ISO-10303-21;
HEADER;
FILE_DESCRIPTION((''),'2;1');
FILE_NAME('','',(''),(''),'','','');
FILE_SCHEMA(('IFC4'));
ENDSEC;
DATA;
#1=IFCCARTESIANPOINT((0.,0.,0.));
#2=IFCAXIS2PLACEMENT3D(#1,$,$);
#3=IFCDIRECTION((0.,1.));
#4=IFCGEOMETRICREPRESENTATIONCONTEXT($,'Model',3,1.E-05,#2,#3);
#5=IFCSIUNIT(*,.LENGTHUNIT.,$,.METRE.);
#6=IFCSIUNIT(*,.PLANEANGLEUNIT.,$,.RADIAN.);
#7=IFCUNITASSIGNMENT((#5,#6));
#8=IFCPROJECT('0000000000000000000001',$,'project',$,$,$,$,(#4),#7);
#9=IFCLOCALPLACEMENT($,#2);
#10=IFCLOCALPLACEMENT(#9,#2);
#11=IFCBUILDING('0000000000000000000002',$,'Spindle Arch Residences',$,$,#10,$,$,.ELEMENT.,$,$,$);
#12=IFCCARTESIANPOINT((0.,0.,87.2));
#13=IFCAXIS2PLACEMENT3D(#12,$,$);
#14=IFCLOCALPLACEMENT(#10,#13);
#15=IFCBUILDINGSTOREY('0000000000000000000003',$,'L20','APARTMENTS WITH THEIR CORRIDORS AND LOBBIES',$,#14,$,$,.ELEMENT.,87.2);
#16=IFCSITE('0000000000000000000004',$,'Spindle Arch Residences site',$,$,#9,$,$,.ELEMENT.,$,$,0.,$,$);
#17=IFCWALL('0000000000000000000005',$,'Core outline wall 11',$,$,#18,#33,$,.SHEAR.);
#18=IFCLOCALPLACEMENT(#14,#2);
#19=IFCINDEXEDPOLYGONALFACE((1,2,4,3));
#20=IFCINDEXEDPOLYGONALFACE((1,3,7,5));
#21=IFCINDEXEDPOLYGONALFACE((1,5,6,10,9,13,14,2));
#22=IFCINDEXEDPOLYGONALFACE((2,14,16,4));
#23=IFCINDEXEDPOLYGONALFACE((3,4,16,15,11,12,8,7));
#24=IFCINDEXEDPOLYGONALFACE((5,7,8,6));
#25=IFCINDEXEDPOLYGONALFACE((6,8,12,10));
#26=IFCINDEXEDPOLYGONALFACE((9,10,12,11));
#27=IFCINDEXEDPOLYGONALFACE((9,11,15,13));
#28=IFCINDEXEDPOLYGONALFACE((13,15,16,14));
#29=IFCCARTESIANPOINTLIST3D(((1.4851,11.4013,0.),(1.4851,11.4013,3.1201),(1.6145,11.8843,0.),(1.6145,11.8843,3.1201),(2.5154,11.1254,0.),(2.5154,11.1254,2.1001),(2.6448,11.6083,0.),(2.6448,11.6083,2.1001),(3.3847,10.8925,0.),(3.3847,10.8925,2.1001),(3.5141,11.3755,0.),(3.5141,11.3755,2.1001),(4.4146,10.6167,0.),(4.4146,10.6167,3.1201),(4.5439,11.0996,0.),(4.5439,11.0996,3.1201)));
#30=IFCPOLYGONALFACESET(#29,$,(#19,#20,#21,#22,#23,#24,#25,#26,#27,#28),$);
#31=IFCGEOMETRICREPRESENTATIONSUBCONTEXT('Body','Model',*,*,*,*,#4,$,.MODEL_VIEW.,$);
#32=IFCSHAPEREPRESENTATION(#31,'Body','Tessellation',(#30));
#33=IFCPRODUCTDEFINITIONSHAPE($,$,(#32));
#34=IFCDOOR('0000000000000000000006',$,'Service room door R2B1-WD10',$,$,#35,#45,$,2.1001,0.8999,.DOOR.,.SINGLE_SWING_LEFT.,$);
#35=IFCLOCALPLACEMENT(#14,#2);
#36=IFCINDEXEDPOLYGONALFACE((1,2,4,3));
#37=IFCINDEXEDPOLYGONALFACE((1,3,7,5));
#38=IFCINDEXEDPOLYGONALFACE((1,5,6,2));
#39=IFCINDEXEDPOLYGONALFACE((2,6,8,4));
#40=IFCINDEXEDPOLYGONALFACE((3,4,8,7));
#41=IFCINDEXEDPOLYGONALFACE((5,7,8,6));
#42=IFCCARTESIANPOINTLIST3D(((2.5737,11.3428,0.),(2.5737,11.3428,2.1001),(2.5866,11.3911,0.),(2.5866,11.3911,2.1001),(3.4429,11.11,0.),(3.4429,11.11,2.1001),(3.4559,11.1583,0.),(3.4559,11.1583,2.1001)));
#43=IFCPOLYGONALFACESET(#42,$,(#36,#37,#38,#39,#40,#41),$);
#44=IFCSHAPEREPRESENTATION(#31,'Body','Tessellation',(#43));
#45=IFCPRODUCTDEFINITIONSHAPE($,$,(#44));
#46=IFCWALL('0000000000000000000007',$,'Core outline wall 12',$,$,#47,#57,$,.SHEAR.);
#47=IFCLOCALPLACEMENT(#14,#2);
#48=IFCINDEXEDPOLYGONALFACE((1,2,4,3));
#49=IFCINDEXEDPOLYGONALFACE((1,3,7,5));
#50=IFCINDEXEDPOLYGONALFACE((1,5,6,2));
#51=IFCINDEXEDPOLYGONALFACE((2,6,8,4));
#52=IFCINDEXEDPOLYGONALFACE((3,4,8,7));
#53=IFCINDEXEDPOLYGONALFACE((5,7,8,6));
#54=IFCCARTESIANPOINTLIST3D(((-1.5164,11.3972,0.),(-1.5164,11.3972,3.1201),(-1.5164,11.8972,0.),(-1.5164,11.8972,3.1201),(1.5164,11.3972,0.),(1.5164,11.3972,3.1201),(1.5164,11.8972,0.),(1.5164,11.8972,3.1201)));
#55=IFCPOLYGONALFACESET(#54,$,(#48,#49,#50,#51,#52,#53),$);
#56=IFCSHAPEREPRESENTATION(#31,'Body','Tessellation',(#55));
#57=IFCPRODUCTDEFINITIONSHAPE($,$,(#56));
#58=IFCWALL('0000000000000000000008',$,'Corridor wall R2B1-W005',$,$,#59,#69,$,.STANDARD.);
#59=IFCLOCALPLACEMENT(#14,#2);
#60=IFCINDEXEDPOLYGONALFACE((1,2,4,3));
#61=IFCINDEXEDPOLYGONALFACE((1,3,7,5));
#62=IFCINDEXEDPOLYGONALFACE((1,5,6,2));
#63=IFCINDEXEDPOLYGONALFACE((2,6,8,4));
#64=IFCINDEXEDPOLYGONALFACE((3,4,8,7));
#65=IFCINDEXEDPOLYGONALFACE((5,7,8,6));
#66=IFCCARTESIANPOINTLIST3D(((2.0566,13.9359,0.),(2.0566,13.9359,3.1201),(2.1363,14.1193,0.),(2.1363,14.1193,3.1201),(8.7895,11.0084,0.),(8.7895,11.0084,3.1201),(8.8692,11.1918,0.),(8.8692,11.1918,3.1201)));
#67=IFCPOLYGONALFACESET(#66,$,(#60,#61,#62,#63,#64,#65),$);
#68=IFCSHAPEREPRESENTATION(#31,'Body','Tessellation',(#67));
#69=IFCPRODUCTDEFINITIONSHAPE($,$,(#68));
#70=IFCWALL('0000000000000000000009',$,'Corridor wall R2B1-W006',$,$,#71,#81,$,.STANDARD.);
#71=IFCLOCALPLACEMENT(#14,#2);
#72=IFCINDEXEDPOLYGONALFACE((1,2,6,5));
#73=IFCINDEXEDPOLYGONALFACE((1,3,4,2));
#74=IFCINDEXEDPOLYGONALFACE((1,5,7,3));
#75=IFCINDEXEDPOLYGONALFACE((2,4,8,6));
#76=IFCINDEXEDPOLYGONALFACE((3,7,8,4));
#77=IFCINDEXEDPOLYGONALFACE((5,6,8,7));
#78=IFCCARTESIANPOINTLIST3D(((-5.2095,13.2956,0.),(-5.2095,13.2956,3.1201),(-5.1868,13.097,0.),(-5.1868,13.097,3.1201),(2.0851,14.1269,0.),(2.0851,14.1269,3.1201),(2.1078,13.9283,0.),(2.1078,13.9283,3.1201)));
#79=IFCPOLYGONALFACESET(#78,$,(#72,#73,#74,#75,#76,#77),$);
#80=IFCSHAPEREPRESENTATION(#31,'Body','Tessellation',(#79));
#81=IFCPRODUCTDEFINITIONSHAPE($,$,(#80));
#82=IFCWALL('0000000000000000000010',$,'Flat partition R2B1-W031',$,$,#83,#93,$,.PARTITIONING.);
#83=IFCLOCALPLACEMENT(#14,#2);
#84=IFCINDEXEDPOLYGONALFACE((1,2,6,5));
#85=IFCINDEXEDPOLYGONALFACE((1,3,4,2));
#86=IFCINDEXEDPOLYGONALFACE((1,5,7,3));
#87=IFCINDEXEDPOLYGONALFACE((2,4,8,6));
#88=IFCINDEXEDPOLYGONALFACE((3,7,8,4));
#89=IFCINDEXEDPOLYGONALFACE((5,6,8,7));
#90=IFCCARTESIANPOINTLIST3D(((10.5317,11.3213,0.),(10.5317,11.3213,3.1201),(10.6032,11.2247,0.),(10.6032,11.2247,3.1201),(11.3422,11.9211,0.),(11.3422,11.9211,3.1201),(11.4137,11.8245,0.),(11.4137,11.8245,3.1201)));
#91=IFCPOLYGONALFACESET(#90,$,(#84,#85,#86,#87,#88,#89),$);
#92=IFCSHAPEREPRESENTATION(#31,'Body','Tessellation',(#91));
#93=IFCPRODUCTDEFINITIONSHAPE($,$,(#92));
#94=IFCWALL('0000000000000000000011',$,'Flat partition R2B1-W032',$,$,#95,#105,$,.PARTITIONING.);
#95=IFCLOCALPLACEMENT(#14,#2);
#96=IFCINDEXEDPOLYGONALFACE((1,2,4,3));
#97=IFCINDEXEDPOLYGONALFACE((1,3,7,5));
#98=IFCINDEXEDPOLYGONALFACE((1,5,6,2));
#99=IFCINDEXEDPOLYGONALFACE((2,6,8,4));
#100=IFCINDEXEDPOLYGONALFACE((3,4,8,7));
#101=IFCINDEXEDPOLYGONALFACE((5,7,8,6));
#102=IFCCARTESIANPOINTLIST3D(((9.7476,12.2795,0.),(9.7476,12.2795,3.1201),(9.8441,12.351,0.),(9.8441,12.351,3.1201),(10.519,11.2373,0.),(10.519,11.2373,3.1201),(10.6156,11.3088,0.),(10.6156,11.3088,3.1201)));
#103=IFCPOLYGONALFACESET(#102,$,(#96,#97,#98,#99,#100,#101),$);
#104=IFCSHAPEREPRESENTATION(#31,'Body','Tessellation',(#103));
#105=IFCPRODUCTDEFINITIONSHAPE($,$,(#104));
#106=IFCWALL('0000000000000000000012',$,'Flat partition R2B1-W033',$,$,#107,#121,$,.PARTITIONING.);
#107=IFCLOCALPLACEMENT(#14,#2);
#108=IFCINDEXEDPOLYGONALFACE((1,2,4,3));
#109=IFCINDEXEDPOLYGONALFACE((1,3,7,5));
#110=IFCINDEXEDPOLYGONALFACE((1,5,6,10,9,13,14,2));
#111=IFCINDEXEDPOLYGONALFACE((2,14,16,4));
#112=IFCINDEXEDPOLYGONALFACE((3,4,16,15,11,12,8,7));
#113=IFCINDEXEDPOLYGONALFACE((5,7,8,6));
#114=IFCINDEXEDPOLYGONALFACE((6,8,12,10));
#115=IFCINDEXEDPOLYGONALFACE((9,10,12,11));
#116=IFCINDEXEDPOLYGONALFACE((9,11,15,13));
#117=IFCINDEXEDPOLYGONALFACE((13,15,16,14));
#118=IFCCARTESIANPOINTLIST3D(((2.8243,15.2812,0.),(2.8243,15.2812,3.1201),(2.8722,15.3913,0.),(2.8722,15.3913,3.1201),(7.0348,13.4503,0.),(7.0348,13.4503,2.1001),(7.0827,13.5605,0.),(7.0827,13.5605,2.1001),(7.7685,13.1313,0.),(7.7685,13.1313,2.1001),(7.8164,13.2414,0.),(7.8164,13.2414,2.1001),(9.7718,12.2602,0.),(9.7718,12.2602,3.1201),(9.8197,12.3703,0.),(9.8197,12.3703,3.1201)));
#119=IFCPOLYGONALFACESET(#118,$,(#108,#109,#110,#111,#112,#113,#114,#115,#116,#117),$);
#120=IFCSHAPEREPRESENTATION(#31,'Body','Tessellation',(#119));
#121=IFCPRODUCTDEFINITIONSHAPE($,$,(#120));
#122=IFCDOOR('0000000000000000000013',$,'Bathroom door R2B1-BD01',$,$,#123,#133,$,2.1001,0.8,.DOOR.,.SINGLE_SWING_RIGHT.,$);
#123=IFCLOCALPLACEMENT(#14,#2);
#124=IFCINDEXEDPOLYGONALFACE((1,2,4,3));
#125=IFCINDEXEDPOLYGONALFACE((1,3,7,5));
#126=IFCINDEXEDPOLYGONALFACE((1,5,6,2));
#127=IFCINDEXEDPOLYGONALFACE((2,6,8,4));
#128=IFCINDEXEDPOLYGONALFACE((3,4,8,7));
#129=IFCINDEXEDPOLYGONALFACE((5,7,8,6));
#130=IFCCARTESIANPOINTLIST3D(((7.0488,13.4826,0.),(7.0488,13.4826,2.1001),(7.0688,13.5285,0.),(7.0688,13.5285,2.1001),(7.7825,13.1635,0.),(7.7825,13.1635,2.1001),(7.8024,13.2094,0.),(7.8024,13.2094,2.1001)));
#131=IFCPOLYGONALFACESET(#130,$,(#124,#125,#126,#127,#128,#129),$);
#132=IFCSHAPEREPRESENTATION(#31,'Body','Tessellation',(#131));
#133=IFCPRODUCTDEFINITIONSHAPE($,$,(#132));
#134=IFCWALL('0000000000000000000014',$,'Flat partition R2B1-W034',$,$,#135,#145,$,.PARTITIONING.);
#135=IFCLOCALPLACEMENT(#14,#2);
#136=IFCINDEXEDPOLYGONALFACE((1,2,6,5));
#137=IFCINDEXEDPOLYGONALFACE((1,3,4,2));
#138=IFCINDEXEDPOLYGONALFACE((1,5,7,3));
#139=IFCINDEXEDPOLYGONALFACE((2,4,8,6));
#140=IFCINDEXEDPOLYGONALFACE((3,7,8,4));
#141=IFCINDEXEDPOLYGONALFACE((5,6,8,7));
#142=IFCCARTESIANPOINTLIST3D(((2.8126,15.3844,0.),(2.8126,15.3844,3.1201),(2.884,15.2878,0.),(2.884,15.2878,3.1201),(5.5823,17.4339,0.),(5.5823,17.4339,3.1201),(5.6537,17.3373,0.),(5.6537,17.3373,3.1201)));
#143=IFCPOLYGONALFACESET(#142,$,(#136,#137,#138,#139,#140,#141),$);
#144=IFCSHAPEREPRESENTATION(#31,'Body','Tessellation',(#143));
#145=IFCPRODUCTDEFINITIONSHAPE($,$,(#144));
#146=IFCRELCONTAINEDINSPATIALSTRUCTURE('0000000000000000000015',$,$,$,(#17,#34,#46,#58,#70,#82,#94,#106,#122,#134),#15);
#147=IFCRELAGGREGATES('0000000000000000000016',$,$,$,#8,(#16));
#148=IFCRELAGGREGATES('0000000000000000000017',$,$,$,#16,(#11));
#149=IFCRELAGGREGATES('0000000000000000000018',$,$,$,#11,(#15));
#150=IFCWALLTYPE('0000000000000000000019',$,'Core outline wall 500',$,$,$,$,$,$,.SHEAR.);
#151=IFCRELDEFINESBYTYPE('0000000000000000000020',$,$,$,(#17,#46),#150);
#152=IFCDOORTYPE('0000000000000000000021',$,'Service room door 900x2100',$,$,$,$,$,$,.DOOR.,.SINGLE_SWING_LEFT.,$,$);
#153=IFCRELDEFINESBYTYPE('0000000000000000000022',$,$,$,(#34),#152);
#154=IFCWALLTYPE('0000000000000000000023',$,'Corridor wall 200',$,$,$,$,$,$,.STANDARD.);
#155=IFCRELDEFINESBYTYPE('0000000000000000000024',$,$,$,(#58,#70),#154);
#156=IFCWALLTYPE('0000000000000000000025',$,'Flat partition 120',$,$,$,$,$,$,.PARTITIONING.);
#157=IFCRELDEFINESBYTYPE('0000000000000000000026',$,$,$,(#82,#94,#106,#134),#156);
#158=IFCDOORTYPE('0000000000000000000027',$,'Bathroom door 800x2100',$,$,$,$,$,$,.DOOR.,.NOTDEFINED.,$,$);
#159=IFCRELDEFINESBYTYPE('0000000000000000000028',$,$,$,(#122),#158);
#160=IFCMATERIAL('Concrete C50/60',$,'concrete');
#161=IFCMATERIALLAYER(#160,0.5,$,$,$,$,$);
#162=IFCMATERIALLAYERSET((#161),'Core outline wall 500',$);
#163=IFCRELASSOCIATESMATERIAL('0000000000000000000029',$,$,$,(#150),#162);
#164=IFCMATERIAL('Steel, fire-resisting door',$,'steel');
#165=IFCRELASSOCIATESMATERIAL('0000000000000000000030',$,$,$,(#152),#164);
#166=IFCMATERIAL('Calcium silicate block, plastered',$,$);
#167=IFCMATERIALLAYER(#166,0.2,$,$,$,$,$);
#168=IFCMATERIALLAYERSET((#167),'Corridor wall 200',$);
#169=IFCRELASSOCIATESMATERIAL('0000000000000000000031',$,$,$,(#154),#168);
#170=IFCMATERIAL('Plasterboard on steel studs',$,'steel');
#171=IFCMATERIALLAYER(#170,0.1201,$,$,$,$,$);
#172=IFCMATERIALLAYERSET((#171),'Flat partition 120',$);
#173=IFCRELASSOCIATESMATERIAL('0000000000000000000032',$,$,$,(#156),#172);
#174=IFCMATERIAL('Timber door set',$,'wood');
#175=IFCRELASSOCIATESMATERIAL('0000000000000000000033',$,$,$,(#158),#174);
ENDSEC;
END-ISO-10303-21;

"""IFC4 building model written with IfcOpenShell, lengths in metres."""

from ifc_helpers import new_model, si_unit, direction, frame, frame_2d, origin, place, context, subcontext, project, spatial, rectangle, extrude, material, layer, layer_set, type_object, element, fill, save


model = new_model("IFC4")

# Units and contexts
model_context = context("Model", 3, precision=1e-05, world=origin(), true_north=direction((0.0, 1.0)))
body_context = subcontext(model_context, "Body", "Model", "MODEL_VIEW")
ifc_project = project(units=[si_unit("LENGTHUNIT", "METRE"), si_unit("PLANEANGLEUNIT", "RADIAN")], contexts=[model_context])

# Site, building, storey
site_placement = place(None, origin())
site = spatial("IfcSite", under=ifc_project, at=site_placement, Name="Spindle Arch Residences site", CompositionType="ELEMENT", RefElevation=0.0)
building_placement = place(site_placement, origin())
building = spatial("IfcBuilding", under=site, at=building_placement, Name="Spindle Arch Residences", CompositionType="ELEMENT")
storey_placement = place(building_placement, frame((0.0, 0.0, 87.2)))
storey = spatial("IfcBuildingStorey", under=building, at=storey_placement, Name="L20", Description="APARTMENTS WITH THEIR CORRIDORS AND LOBBIES", CompositionType="ELEMENT", Elevation=87.2)

# Shared definitions
ifc_material_1 = material(Name="Concrete C50/60", Category="concrete")
ifc_layer_1 = layer(ifc_material_1, 0.5)
ifc_layer_set_1 = layer_set([ifc_layer_1], Name="Core outline wall 500")
wall_type_1 = type_object("IfcWallType", Name="Core outline wall 500", PredefinedType="SHEAR", material=ifc_layer_set_1)

# Wall, opening, door
wall_1_placement = place(storey_placement, frame((4.4792, 10.8582, 0.0), z_axis=(0.0, 0.0, 1.0), x_axis=(-0.965948, 0.258735, 0.0)))
wall_1 = element("IfcWall", 1, at=wall_1_placement, inside=storey, type_object=wall_type_1, Name="Core outline wall 11", PredefinedType="SHEAR", context=body_context, shape_type="SweptSolid", body=[
    extrude(rectangle(XDim=3.0327, YDim=0.5, at=frame_2d((1.5164, 0.0))), origin(), (0.0, 0.0, 1.0), 3.1201),
])
opening_1_placement = place(wall_1_placement, frame((1.0662, 0.0, 0.0)))
opening_1 = element("IfcOpeningElement", 2, at=opening_1_placement, cuts=wall_1, PredefinedType="OPENING", context=body_context, shape_type="SweptSolid", body=[
    extrude(rectangle(XDim=0.8999, YDim=2.1001, at=frame_2d((0.45, 1.05))), frame((0.0, 0.26, 0.0), z_axis=(0.0, -1.0, 0.0), x_axis=(1.0, 0.0, 0.0)), (0.0, 0.0, 1.0), 0.52),
])
ifc_material_2 = material(Name="Steel, fire-resisting door", Category="steel")
door_type_1 = type_object("IfcDoorType", Name="Service room door 900x2100", OperationType="SINGLE_SWING_LEFT", PredefinedType="DOOR", material=ifc_material_2)
door_1_placement = place(opening_1_placement, origin())
door_1 = element("IfcDoor", 3, at=door_1_placement, inside=storey, type_object=door_type_1, Name="Service room door R2B1-WD10", OperationType="SINGLE_SWING_LEFT", OverallHeight=2.1001, OverallWidth=0.8999, PredefinedType="DOOR", context=body_context, shape_type="SweptSolid", body=[
    extrude(rectangle(XDim=0.8999, YDim=2.1001, at=frame_2d((0.45, 1.05))), frame((0.0, 0.0249, 0.0), z_axis=(0.0, -1.0, 0.0), x_axis=(1.0, 0.0, 0.0)), (0.0, 0.0, 1.0), 0.05),
])
fill(opening_1, door_1)

# Walls
wall_2_placement = place(storey_placement, frame((1.5164, 11.6472, 0.0), z_axis=(0.0, 0.0, 1.0), x_axis=(-1.0, 0.0, 0.0)))
element("IfcWall", 4, at=wall_2_placement, inside=storey, type_object=wall_type_1, Name="Core outline wall 12", PredefinedType="SHEAR", context=body_context, shape_type="SweptSolid", body=[
    extrude(rectangle(XDim=3.0327, YDim=0.5, at=frame_2d((1.5164, 0.0))), origin(), (0.0, 0.0, 1.0), 3.1201),
])
ifc_material_3 = material(Name="Calcium silicate block, plastered")
ifc_layer_2 = layer(ifc_material_3, 0.2)
ifc_layer_set_2 = layer_set([ifc_layer_2], Name="Corridor wall 200")
wall_type_2 = type_object("IfcWallType", Name="Corridor wall 200", PredefinedType="STANDARD", material=ifc_layer_set_2)
for number, where, z_axis, x_axis, name in (
    (5, (8.8293, 11.1001, 0.0), (0.0, 0.0, 1.0), (-0.917063, 0.398742, 0.0), "Corridor wall R2B1-W005"),
    (6, (2.0964, 14.0276, 0.0), (0.0, 0.0, 1.0), (-0.993569, -0.113227, 0.0), "Corridor wall R2B1-W006"),
):
    element("IfcWall", number, at=place(storey_placement, frame(where, z_axis=z_axis, x_axis=x_axis)), inside=storey, type_object=wall_type_2, Name=name, PredefinedType="STANDARD", context=body_context, shape_type="SweptSolid", body=[
        extrude(rectangle(XDim=7.3418, YDim=0.2, at=frame_2d((3.6709, 0.0))), origin(), (0.0, 0.0, 1.0), 3.1201),
    ])
ifc_material_4 = material(Name="Plasterboard on steel studs", Category="steel")
ifc_layer_3 = layer(ifc_material_4, 0.1201)
ifc_layer_set_3 = layer_set([ifc_layer_3], Name="Flat partition 120")
wall_type_3 = type_object("IfcWallType", Name="Flat partition 120", PredefinedType="PARTITIONING", material=ifc_layer_set_3)
wall_3_placement = place(storey_placement, frame((11.3779, 11.8728, 0.0), z_axis=(0.0, 0.0, 1.0), x_axis=(-0.803819, -0.594874, 0.0)))
element("IfcWall", 7, at=wall_3_placement, inside=storey, type_object=wall_type_3, Name="Flat partition R2B1-W031", PredefinedType="PARTITIONING", context=body_context, shape_type="SweptSolid", body=[
    extrude(rectangle(XDim=1.0083, YDim=0.1201, at=frame_2d((0.5042, 0.0))), origin(), (0.0, 0.0, 1.0), 3.1201),
])
wall_4_placement = place(storey_placement, frame((10.5674, 11.2729, 0.0), z_axis=(0.0, 0.0, 1.0), x_axis=(-0.594957, 0.803757, 0.0)))
element("IfcWall", 8, at=wall_4_placement, inside=storey, type_object=wall_type_3, Name="Flat partition R2B1-W032", PredefinedType="PARTITIONING", context=body_context, shape_type="SweptSolid", body=[
    extrude(rectangle(XDim=1.2966, YDim=0.1201, at=frame_2d((0.6484, 0.0))), origin(), (0.0, 0.0, 1.0), 3.1201),
])

# Wall, opening, door
wall_5_placement = place(storey_placement, frame((9.7959, 12.3152, 0.0), z_axis=(0.0, 0.0, 1.0), x_axis=(-0.917054, 0.398764, 0.0)))
wall_5 = element("IfcWall", 9, at=wall_5_placement, inside=storey, type_object=wall_type_3, Name="Flat partition R2B1-W033", PredefinedType="PARTITIONING", context=body_context, shape_type="SweptSolid", body=[
    extrude(rectangle(XDim=7.5759, YDim=0.1201, at=frame_2d((3.7881, 0.0))), origin(), (0.0, 0.0, 1.0), 3.1201),
])
opening_2_placement = place(wall_5_placement, frame((2.1848, 0.0, 0.0)))
opening_2 = element("IfcOpeningElement", 10, at=opening_2_placement, cuts=wall_5, PredefinedType="OPENING", context=body_context, shape_type="SweptSolid", body=[
    extrude(rectangle(XDim=0.8, YDim=2.1001, at=frame_2d((0.3999, 1.05))), frame((0.0, 0.0701, 0.0), z_axis=(0.0, -1.0, 0.0), x_axis=(1.0, 0.0, 0.0)), (0.0, 0.0, 1.0), 0.1401),
])
ifc_material_5 = material(Name="Timber door set", Category="wood")
door_type_2 = type_object("IfcDoorType", Name="Bathroom door 800x2100", OperationType="NOTDEFINED", PredefinedType="DOOR", material=ifc_material_5)
door_2_placement = place(opening_2_placement, origin())
door_2 = element("IfcDoor", 11, at=door_2_placement, inside=storey, type_object=door_type_2, Name="Bathroom door R2B1-BD01", OperationType="SINGLE_SWING_RIGHT", OverallHeight=2.1001, OverallWidth=0.8, PredefinedType="DOOR", context=body_context, shape_type="SweptSolid", body=[
    extrude(rectangle(XDim=0.8, YDim=2.1001, at=frame_2d((0.3999, 1.05))), frame((0.0, 0.0249, 0.0), z_axis=(0.0, -1.0, 0.0), x_axis=(1.0, 0.0, 0.0)), (0.0, 0.0, 1.0), 0.05),
])
fill(opening_2, door_2)

# Wall
wall_6_placement = place(storey_placement, frame((2.8484, 15.3362, 0.0), z_axis=(0.0, 0.0, 1.0), x_axis=(0.803852, 0.594829, 0.0)))
element("IfcWall", 12, at=wall_6_placement, inside=storey, type_object=wall_type_3, Name="Flat partition R2B1-W034", PredefinedType="PARTITIONING", context=body_context, shape_type="SweptSolid", body=[
    extrude(rectangle(XDim=3.4456, YDim=0.1201, at=frame_2d((1.7227, 0.0))), origin(), (0.0, 0.0, 1.0), 3.1201),
])

save(model, "model.ifc")
